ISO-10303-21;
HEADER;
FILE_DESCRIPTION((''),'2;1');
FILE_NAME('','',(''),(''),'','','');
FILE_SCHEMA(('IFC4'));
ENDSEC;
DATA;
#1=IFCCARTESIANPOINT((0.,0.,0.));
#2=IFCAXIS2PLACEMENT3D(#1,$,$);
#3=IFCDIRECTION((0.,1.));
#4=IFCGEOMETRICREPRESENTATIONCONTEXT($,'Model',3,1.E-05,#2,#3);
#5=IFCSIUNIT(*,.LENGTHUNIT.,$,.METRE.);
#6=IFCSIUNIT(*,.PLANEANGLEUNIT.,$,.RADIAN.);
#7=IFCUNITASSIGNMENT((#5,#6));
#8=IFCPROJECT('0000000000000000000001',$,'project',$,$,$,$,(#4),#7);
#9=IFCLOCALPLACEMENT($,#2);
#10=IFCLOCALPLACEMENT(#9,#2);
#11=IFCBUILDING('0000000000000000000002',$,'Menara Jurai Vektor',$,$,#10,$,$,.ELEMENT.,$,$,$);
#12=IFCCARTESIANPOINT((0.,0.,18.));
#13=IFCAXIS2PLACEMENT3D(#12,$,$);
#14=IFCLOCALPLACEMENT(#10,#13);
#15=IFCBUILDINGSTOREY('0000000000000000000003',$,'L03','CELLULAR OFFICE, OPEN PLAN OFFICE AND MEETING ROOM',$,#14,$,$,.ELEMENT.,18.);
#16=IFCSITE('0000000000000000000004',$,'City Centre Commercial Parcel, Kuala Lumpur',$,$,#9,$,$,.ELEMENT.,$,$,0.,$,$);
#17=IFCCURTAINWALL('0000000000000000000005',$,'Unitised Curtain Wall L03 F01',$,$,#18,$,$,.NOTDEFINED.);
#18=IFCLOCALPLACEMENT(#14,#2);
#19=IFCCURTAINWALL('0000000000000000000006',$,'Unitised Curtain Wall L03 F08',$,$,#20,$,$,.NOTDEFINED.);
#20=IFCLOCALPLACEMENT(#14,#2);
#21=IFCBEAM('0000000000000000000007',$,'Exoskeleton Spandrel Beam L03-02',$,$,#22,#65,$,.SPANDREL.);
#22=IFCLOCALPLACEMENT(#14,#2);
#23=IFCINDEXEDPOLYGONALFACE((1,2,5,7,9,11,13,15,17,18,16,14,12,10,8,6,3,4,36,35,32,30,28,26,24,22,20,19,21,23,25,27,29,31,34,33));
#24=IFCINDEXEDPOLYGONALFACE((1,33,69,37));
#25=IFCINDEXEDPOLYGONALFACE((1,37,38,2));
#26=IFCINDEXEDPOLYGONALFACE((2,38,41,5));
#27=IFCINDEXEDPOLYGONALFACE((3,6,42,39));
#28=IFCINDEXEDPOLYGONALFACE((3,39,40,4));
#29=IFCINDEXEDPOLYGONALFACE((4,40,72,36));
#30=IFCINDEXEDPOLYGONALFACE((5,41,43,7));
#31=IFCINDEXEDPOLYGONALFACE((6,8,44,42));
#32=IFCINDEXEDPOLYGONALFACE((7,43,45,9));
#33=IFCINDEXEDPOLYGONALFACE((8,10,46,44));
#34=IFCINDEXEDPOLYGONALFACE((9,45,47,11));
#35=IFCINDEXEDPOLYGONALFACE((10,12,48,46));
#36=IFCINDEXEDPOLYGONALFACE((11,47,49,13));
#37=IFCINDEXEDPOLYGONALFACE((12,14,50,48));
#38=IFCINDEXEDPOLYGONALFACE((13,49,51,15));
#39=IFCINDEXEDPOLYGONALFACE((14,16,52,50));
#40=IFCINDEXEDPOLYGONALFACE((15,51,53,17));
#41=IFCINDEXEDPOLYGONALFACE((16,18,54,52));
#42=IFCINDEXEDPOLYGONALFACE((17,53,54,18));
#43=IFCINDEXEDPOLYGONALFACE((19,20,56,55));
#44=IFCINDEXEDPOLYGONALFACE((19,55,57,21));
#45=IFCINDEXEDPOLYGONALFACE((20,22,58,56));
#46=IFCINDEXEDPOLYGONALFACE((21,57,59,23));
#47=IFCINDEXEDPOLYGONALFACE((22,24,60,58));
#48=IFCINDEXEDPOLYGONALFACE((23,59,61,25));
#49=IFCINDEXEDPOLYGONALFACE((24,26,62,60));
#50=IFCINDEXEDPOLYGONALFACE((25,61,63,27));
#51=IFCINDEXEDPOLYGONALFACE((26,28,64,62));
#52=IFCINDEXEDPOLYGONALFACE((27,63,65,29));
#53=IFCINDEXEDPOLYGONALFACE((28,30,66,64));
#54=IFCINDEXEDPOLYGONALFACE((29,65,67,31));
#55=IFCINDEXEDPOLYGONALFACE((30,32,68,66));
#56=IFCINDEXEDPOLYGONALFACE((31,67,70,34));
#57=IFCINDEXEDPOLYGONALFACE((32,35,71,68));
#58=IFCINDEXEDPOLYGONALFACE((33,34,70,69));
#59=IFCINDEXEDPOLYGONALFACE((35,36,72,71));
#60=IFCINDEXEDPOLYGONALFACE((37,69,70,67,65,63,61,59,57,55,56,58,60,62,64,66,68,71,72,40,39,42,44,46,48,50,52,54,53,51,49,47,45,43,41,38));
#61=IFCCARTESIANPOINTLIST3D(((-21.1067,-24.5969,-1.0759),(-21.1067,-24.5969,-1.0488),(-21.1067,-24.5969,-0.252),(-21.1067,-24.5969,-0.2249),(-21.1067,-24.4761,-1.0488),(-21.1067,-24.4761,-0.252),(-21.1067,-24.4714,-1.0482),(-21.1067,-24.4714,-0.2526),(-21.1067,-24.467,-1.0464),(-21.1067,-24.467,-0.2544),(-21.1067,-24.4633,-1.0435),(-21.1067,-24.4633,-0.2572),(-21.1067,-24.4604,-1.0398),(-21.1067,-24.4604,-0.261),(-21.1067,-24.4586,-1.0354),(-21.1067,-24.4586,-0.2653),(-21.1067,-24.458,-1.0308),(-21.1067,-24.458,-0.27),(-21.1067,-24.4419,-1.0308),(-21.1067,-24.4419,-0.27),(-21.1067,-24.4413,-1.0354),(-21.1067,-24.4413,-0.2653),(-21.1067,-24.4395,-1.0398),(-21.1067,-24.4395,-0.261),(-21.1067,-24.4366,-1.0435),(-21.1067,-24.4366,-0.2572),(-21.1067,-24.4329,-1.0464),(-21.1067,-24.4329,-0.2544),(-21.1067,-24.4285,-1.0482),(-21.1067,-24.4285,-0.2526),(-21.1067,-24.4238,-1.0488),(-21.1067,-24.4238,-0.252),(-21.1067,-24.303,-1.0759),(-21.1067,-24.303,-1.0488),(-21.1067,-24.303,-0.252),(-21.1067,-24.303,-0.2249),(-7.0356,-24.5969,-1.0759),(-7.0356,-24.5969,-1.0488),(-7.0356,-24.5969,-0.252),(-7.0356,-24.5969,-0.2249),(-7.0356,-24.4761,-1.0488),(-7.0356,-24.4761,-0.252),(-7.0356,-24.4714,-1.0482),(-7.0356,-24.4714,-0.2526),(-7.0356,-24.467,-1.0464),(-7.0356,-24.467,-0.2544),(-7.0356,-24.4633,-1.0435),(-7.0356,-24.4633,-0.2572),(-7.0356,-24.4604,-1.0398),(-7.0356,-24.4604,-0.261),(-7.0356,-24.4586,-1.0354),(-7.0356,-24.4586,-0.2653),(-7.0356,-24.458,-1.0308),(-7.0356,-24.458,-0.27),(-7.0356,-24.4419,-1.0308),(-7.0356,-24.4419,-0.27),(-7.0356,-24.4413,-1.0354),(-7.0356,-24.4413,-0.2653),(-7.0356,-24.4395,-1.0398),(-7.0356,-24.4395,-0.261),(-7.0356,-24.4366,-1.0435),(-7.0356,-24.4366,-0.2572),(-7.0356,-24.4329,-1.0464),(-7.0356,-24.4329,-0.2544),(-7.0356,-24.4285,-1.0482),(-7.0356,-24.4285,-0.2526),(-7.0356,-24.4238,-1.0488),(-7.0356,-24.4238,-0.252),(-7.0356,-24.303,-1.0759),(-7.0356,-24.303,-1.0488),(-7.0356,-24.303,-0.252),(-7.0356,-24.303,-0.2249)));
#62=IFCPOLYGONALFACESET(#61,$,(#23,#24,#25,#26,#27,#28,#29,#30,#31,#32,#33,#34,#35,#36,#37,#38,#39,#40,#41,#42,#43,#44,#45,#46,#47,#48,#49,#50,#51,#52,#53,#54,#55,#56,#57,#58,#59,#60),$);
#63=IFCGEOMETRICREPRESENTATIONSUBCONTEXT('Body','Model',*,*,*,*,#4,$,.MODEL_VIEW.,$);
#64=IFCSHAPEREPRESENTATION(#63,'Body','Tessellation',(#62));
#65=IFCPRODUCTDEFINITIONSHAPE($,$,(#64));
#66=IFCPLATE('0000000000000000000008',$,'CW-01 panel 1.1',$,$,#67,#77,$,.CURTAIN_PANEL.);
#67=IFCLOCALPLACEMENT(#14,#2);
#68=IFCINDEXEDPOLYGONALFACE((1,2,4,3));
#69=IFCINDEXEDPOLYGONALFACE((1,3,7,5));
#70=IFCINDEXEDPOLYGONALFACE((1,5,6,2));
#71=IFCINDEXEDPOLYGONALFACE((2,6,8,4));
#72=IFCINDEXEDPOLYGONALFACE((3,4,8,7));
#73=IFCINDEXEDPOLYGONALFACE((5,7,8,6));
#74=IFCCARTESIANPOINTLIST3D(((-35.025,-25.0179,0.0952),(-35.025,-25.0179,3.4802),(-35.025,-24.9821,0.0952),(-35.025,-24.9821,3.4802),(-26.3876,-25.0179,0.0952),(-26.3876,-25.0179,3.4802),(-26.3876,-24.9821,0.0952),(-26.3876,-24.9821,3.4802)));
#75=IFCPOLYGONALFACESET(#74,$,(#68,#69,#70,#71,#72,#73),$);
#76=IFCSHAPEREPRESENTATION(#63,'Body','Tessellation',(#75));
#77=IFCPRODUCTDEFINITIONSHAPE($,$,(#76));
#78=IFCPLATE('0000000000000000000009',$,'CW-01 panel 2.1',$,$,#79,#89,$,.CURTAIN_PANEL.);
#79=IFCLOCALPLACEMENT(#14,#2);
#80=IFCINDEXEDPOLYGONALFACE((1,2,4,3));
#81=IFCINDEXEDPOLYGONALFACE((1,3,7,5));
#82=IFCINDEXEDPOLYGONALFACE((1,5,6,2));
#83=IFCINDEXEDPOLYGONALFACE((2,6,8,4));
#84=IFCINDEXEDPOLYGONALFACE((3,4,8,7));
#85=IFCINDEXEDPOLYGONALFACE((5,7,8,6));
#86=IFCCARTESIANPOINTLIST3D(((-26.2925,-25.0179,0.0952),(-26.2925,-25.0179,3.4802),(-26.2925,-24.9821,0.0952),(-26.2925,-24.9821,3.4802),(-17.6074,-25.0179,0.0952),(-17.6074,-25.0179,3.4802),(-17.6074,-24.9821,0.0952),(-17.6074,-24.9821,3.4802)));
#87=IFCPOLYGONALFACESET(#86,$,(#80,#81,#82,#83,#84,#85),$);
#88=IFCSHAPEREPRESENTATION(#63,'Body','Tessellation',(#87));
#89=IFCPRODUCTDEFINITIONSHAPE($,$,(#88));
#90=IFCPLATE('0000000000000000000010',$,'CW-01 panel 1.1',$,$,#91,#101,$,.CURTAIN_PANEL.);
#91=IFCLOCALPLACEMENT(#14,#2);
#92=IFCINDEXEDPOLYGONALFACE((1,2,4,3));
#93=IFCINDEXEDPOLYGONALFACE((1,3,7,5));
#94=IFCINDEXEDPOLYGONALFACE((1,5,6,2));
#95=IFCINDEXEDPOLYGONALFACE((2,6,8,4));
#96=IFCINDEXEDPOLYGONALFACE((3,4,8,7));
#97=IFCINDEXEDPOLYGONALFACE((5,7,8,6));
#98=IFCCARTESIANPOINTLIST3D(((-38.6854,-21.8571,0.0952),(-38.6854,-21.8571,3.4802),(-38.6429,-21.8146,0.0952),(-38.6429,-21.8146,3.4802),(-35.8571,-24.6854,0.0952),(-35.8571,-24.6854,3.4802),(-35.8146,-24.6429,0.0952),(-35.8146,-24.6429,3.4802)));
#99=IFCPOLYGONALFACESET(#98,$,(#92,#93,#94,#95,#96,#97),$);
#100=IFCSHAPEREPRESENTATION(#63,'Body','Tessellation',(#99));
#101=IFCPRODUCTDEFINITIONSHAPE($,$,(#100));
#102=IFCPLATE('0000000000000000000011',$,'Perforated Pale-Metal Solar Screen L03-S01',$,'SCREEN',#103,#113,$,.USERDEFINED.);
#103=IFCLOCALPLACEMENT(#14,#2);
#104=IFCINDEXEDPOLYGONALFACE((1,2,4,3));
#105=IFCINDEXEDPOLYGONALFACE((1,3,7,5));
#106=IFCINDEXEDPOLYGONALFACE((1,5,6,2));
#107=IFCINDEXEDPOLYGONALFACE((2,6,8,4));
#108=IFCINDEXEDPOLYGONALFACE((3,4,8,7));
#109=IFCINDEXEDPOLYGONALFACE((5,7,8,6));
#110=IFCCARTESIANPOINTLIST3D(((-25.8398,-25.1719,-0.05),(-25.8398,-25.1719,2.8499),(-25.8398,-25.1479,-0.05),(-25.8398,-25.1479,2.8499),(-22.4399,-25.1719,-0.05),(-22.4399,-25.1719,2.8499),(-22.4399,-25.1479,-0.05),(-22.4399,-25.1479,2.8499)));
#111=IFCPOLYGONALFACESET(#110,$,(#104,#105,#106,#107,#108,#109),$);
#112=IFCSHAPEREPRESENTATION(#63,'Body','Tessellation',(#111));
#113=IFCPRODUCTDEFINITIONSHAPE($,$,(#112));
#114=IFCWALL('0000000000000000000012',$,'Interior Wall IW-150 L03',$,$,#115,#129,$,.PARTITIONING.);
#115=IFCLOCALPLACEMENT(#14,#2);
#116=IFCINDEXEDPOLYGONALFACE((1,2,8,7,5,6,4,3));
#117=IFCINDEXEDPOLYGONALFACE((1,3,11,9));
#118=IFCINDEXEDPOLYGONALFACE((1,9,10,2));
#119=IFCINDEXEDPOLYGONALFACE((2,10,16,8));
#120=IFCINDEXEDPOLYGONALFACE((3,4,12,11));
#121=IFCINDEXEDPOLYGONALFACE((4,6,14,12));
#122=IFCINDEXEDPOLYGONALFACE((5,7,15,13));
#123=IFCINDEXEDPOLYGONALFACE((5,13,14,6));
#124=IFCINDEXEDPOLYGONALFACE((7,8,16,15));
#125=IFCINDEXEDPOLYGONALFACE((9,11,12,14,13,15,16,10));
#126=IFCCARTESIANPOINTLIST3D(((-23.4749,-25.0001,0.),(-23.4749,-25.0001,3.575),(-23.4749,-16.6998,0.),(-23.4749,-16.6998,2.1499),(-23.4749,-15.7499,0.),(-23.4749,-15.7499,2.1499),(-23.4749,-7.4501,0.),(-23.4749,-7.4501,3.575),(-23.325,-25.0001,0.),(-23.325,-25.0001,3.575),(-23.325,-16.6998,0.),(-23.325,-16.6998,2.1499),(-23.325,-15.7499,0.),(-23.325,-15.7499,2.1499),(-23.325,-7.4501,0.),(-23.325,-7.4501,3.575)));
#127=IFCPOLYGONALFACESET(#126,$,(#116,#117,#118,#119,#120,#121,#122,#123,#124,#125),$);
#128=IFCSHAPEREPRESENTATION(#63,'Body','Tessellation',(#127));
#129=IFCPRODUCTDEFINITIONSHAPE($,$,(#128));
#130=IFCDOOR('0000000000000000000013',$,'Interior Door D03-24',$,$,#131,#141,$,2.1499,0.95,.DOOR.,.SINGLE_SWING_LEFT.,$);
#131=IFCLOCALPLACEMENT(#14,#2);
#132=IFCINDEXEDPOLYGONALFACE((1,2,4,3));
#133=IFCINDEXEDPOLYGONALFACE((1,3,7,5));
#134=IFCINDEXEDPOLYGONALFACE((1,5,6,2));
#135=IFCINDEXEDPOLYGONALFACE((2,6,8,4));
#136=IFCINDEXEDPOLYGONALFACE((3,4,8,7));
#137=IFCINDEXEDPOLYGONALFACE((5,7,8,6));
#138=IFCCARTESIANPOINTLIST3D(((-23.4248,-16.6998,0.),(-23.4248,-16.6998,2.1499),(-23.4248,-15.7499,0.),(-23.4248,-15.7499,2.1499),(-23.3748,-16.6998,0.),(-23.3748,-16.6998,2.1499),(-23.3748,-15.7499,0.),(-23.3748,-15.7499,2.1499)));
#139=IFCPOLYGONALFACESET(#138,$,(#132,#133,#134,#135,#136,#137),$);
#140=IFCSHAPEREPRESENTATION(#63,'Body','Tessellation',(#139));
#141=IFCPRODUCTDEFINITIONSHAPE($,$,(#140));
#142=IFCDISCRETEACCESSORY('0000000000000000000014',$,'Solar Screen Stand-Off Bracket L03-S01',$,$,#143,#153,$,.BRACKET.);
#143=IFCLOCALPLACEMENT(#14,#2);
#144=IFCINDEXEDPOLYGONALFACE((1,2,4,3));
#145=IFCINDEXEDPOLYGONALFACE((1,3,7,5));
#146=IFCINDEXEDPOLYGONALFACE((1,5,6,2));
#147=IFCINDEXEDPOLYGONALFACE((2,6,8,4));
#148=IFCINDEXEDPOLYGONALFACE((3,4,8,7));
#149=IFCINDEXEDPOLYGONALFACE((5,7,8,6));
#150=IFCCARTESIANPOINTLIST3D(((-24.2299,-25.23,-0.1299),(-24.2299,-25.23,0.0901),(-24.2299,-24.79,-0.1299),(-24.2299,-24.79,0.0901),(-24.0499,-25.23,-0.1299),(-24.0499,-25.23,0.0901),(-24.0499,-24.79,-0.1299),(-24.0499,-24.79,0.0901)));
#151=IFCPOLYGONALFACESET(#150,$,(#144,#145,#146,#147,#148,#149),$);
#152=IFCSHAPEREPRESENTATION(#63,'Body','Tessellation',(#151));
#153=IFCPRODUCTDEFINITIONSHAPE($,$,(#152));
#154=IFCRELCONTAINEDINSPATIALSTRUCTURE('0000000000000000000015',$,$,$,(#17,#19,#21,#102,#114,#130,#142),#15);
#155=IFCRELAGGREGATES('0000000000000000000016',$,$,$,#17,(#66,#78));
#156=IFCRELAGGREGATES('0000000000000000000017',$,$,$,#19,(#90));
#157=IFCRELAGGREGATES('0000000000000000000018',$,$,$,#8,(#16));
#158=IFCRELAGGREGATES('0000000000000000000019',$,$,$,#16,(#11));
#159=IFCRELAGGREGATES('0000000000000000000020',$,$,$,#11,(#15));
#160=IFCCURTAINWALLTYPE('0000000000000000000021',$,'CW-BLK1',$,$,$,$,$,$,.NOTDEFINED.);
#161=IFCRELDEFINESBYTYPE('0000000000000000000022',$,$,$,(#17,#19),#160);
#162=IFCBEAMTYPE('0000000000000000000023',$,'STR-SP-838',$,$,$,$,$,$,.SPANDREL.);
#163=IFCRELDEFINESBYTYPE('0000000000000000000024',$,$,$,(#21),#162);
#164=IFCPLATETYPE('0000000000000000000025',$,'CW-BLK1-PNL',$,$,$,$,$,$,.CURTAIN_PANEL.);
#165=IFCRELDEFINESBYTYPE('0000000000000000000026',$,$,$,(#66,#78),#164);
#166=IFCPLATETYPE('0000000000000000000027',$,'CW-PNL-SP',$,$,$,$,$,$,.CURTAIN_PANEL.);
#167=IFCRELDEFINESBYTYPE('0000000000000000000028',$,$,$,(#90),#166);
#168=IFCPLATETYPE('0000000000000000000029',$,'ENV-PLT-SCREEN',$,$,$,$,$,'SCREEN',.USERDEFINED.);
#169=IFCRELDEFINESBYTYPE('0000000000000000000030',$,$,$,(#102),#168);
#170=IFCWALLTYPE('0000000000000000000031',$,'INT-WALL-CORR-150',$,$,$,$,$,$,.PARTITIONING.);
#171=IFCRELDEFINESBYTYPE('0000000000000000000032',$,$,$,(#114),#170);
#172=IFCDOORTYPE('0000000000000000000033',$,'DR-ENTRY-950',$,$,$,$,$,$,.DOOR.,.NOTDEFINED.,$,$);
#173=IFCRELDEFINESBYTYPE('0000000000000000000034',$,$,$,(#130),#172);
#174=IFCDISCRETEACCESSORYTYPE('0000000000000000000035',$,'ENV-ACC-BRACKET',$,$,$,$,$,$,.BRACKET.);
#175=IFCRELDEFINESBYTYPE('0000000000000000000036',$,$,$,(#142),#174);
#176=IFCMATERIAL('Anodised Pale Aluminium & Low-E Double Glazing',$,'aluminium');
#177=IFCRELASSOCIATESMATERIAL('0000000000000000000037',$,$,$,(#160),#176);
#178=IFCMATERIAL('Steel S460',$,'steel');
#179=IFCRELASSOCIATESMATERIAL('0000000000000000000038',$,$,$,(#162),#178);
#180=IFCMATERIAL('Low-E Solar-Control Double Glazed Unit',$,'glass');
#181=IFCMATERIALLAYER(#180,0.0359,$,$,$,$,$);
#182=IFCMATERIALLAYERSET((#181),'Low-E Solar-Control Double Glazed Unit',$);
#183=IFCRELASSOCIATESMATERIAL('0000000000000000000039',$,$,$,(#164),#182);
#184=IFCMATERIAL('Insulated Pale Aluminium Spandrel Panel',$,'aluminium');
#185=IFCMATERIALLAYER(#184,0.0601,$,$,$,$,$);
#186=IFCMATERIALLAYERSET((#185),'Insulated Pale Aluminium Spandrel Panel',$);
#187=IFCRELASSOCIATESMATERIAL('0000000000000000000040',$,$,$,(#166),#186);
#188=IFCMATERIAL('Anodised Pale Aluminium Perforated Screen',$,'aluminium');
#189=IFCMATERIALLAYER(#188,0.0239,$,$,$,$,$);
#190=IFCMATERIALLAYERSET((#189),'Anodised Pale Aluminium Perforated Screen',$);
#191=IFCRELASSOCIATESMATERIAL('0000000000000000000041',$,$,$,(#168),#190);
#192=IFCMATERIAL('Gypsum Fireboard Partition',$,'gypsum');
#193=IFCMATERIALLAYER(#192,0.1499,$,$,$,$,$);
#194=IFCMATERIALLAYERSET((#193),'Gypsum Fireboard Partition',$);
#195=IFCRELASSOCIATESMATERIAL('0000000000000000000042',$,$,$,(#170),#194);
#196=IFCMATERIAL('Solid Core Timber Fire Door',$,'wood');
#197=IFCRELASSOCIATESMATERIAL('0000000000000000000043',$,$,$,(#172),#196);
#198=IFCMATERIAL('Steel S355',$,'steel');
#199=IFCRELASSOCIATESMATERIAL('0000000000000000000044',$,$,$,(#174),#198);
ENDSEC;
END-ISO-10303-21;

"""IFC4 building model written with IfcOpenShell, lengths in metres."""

from ifc_helpers import new_model, si_unit, direction, frame, frame_2d, origin, origin_2d, place, context, subcontext, project, spatial, rectangle, i_section, extrude, material, layer, layer_set, material_profile, profile_set, type_object, element, fill, aggregate, save


model = new_model("IFC4")

# Units and contexts
model_context = context("Model", 3, precision=1e-05, world=origin(), true_north=direction((0.0, 1.0)))
body_context = subcontext(model_context, "Body", "Model", "MODEL_VIEW")
ifc_project = project(units=[si_unit("LENGTHUNIT", "METRE"), si_unit("PLANEANGLEUNIT", "RADIAN")], contexts=[model_context])

# Site, building, storey
site_placement = place(None, origin())
site = spatial("IfcSite", under=ifc_project, at=site_placement, Name="City Centre Commercial Parcel, Kuala Lumpur", CompositionType="ELEMENT", RefElevation=0.0)
building_placement = place(site_placement, origin())
building = spatial("IfcBuilding", under=site, at=building_placement, Name="Menara Jurai Vektor", CompositionType="ELEMENT")
storey_placement = place(building_placement, frame((0.0, 0.0, 18.0)))
storey = spatial("IfcBuildingStorey", under=building, at=storey_placement, Name="L03", Description="CELLULAR OFFICE, OPEN PLAN OFFICE AND MEETING ROOM", CompositionType="ELEMENT", Elevation=18.0)

# Shared definitions
ifc_material_1 = material(Name="Steel S460", Category="steel")

# Curtain wall
ifc_material_2 = material(Name="Anodised Pale Aluminium & Low-E Double Glazing", Category="aluminium")
curtain_wall_type = type_object("IfcCurtainWallType", Name="CW-BLK1", PredefinedType="NOTDEFINED", material=ifc_material_2)
curtain_wall_1_placement = place(storey_placement, origin())
curtain_wall_1 = element("IfcCurtainWall", 1, at=curtain_wall_1_placement, inside=storey, type_object=curtain_wall_type, Name="Unitised Curtain Wall L03 F01", PredefinedType="NOTDEFINED")

# Curtain wall
curtain_wall_2_placement = place(storey_placement, origin())
curtain_wall_2 = element("IfcCurtainWall", 2, at=curtain_wall_2_placement, inside=storey, type_object=curtain_wall_type, Name="Unitised Curtain Wall L03 F08", PredefinedType="NOTDEFINED")

# Shared definitions
ifc_material_3 = material(Name="Steel S355", Category="steel")

# Beam
ifc_material_profile_1 = material_profile(ifc_material_1, i_section(OverallWidth=0.2939, OverallDepth=0.8511, WebThickness=0.0161, FlangeThickness=0.0271, FilletRadius=0.0181, at=origin_2d()), Name="UKB 838x292x226")
ifc_profile_set_1 = profile_set([ifc_material_profile_1], Name="Steel S460")
beam_type_1 = type_object("IfcBeamType", Name="STR-SP-838", PredefinedType="SPANDREL", material=ifc_profile_set_1)
for number, where, z_axis, x_axis, name in (
    (3, (-21.1067, -24.45, -0.6504), (1.0, 0.0, 0.0), (0.0, 1.0, 0.0), "Exoskeleton Spandrel Beam L03-02"),
):
    element("IfcBeam", number, at=place(storey_placement, frame(where, z_axis=z_axis, x_axis=x_axis)), inside=storey, type_object=beam_type_1, Name=name, PredefinedType="SPANDREL", context=body_context, shape_type="SweptSolid", body=[
        extrude(i_section(OverallWidth=0.2939, OverallDepth=0.8511, WebThickness=0.0161, FlangeThickness=0.0271, FilletRadius=0.0181, at=origin_2d()), origin(), (0.0, 0.0, 1.0), 14.071),
    ])

# Plates
ifc_material_4 = material(Name="Low-E Solar-Control Double Glazed Unit", Category="glass")
ifc_layer_1 = layer(ifc_material_4, 0.0359)
ifc_layer_set_1 = layer_set([ifc_layer_1], Name="Low-E Solar-Control Double Glazed Unit")
plate_type_1 = type_object("IfcPlateType", Name="CW-BLK1-PNL", PredefinedType="CURTAIN_PANEL", material=ifc_layer_set_1)
plate_1_placement = place(storey_placement, frame((-30.7063, -25.0, 0.0952), z_axis=(0.0, 0.0, 1.0), x_axis=(1.0, 0.0, 0.0)))
plate_1 = element("IfcPlate", 4, at=plate_1_placement, type_object=plate_type_1, Name="CW-01 panel 1.1", PredefinedType="CURTAIN_PANEL", context=body_context, shape_type="SweptSolid", body=[
    extrude(rectangle(XDim=8.6375, YDim=0.0359, at=origin_2d()), origin(), (0.0, 0.0, 1.0), 3.385),
])
plate_2_placement = place(storey_placement, frame((-21.95, -25.0, 0.0952), z_axis=(0.0, 0.0, 1.0), x_axis=(1.0, 0.0, 0.0)))
plate_2 = element("IfcPlate", 5, at=plate_2_placement, type_object=plate_type_1, Name="CW-01 panel 2.1", PredefinedType="CURTAIN_PANEL", context=body_context, shape_type="SweptSolid", body=[
    extrude(rectangle(XDim=8.6851, YDim=0.0359, at=origin_2d()), origin(), (0.0, 0.0, 1.0), 3.385),
])
aggregate(curtain_wall_1, [plate_1, plate_2])
ifc_material_5 = material(Name="Insulated Pale Aluminium Spandrel Panel", Category="aluminium")
ifc_layer_2 = layer(ifc_material_5, 0.0601)
ifc_layer_set_2 = layer_set([ifc_layer_2], Name="Insulated Pale Aluminium Spandrel Panel")
plate_type_2 = type_object("IfcPlateType", Name="CW-PNL-SP", PredefinedType="CURTAIN_PANEL", material=ifc_layer_set_2)
plate_3_placement = place(storey_placement, frame((-37.25, -23.25, 0.0952), z_axis=(0.0, 0.0, 1.0), x_axis=(0.707107, -0.707107, 0.0)))
plate_3 = element("IfcPlate", 6, at=plate_3_placement, type_object=plate_type_2, Name="CW-01 panel 1.1", PredefinedType="CURTAIN_PANEL", context=body_context, shape_type="SweptSolid", body=[
    extrude(rectangle(XDim=3.9998, YDim=0.0601, at=origin_2d()), origin(), (0.0, 0.0, 1.0), 3.385),
])
aggregate(curtain_wall_2, [plate_3])
ifc_material_6 = material(Name="Anodised Pale Aluminium Perforated Screen", Category="aluminium")
ifc_layer_3 = layer(ifc_material_6, 0.0239)
ifc_layer_set_3 = layer_set([ifc_layer_3], Name="Anodised Pale Aluminium Perforated Screen")
plate_type_3 = type_object("IfcPlateType", Name="ENV-PLT-SCREEN", ElementType="SCREEN", PredefinedType="USERDEFINED", material=ifc_layer_set_3)
plate_4_placement = place(storey_placement, frame((-24.1399, -25.1599, -0.05), z_axis=(0.0, 0.0, 1.0), x_axis=(1.0, 0.0, 0.0)))
element("IfcPlate", 7, at=plate_4_placement, inside=storey, type_object=plate_type_3, Name="Perforated Pale-Metal Solar Screen L03-S01", ObjectType="SCREEN", PredefinedType="USERDEFINED", context=body_context, shape_type="SweptSolid", body=[
    extrude(rectangle(XDim=3.3999, YDim=0.0239, at=origin_2d()), origin(), (0.0, 0.0, 1.0), 2.8999),
])

# Wall, opening, door
ifc_material_7 = material(Name="Gypsum Fireboard Partition", Category="gypsum")
ifc_layer_4 = layer(ifc_material_7, 0.1499)
ifc_layer_set_4 = layer_set([ifc_layer_4], Name="Gypsum Fireboard Partition")
wall_type = type_object("IfcWallType", Name="INT-WALL-CORR-150", PredefinedType="PARTITIONING", material=ifc_layer_set_4)
wall_placement = place(storey_placement, frame((-23.3999, -25.0, 0.0), z_axis=(0.0, 0.0, 1.0), x_axis=(0.0, 1.0, 0.0)))
wall = element("IfcWall", 8, at=wall_placement, inside=storey, type_object=wall_type, Name="Interior Wall IW-150 L03", PredefinedType="PARTITIONING", context=body_context, shape_type="SweptSolid", body=[
    extrude(rectangle(XDim=17.55, YDim=0.1499, at=frame_2d((8.7749, 0.0))), origin(), (0.0, 0.0, 1.0), 3.575),
])
opening_placement = place(wall_placement, frame((8.3, 0.0, 0.0)))
opening = element("IfcOpeningElement", 9, at=opening_placement, cuts=wall, PredefinedType="OPENING", context=body_context, shape_type="SweptSolid", body=[
    extrude(rectangle(XDim=0.95, YDim=2.1499, at=frame_2d((0.4751, 1.075))), frame((0.0, 0.085, 0.0), z_axis=(0.0, -1.0, 0.0), x_axis=(1.0, 0.0, 0.0)), (0.0, 0.0, 1.0), 0.1699),
])
ifc_material_8 = material(Name="Solid Core Timber Fire Door", Category="wood")
door_type = type_object("IfcDoorType", Name="DR-ENTRY-950", OperationType="NOTDEFINED", PredefinedType="DOOR", material=ifc_material_8)
door_placement = place(opening_placement, origin())
door = element("IfcDoor", 10, at=door_placement, inside=storey, type_object=door_type, Name="Interior Door D03-24", OperationType="SINGLE_SWING_LEFT", OverallHeight=2.1499, OverallWidth=0.95, PredefinedType="DOOR", context=body_context, shape_type="SweptSolid", body=[
    extrude(rectangle(XDim=0.95, YDim=2.1499, at=frame_2d((0.4751, 1.075))), frame((0.0, 0.0249, 0.0), z_axis=(0.0, -1.0, 0.0), x_axis=(1.0, 0.0, 0.0)), (0.0, 0.0, 1.0), 0.05),
])
fill(opening, door)

# Discrete accessory
discrete_accessory_type = type_object("IfcDiscreteAccessoryType", Name="ENV-ACC-BRACKET", PredefinedType="BRACKET", material=ifc_material_3)
discrete_accessory_placement = place(storey_placement, frame((-24.1399, -25.01, -0.1299), z_axis=(0.0, 0.0, 1.0), x_axis=(1.0, 0.0, 0.0)))
element("IfcDiscreteAccessory", 11, at=discrete_accessory_placement, inside=storey, type_object=discrete_accessory_type, Name="Solar Screen Stand-Off Bracket L03-S01", PredefinedType="BRACKET", context=body_context, shape_type="SweptSolid", body=[
    extrude(rectangle(XDim=0.1799, YDim=0.4399, at=origin_2d()), origin(), (0.0, 0.0, 1.0), 0.22),
])

save(model, "model.ifc")
